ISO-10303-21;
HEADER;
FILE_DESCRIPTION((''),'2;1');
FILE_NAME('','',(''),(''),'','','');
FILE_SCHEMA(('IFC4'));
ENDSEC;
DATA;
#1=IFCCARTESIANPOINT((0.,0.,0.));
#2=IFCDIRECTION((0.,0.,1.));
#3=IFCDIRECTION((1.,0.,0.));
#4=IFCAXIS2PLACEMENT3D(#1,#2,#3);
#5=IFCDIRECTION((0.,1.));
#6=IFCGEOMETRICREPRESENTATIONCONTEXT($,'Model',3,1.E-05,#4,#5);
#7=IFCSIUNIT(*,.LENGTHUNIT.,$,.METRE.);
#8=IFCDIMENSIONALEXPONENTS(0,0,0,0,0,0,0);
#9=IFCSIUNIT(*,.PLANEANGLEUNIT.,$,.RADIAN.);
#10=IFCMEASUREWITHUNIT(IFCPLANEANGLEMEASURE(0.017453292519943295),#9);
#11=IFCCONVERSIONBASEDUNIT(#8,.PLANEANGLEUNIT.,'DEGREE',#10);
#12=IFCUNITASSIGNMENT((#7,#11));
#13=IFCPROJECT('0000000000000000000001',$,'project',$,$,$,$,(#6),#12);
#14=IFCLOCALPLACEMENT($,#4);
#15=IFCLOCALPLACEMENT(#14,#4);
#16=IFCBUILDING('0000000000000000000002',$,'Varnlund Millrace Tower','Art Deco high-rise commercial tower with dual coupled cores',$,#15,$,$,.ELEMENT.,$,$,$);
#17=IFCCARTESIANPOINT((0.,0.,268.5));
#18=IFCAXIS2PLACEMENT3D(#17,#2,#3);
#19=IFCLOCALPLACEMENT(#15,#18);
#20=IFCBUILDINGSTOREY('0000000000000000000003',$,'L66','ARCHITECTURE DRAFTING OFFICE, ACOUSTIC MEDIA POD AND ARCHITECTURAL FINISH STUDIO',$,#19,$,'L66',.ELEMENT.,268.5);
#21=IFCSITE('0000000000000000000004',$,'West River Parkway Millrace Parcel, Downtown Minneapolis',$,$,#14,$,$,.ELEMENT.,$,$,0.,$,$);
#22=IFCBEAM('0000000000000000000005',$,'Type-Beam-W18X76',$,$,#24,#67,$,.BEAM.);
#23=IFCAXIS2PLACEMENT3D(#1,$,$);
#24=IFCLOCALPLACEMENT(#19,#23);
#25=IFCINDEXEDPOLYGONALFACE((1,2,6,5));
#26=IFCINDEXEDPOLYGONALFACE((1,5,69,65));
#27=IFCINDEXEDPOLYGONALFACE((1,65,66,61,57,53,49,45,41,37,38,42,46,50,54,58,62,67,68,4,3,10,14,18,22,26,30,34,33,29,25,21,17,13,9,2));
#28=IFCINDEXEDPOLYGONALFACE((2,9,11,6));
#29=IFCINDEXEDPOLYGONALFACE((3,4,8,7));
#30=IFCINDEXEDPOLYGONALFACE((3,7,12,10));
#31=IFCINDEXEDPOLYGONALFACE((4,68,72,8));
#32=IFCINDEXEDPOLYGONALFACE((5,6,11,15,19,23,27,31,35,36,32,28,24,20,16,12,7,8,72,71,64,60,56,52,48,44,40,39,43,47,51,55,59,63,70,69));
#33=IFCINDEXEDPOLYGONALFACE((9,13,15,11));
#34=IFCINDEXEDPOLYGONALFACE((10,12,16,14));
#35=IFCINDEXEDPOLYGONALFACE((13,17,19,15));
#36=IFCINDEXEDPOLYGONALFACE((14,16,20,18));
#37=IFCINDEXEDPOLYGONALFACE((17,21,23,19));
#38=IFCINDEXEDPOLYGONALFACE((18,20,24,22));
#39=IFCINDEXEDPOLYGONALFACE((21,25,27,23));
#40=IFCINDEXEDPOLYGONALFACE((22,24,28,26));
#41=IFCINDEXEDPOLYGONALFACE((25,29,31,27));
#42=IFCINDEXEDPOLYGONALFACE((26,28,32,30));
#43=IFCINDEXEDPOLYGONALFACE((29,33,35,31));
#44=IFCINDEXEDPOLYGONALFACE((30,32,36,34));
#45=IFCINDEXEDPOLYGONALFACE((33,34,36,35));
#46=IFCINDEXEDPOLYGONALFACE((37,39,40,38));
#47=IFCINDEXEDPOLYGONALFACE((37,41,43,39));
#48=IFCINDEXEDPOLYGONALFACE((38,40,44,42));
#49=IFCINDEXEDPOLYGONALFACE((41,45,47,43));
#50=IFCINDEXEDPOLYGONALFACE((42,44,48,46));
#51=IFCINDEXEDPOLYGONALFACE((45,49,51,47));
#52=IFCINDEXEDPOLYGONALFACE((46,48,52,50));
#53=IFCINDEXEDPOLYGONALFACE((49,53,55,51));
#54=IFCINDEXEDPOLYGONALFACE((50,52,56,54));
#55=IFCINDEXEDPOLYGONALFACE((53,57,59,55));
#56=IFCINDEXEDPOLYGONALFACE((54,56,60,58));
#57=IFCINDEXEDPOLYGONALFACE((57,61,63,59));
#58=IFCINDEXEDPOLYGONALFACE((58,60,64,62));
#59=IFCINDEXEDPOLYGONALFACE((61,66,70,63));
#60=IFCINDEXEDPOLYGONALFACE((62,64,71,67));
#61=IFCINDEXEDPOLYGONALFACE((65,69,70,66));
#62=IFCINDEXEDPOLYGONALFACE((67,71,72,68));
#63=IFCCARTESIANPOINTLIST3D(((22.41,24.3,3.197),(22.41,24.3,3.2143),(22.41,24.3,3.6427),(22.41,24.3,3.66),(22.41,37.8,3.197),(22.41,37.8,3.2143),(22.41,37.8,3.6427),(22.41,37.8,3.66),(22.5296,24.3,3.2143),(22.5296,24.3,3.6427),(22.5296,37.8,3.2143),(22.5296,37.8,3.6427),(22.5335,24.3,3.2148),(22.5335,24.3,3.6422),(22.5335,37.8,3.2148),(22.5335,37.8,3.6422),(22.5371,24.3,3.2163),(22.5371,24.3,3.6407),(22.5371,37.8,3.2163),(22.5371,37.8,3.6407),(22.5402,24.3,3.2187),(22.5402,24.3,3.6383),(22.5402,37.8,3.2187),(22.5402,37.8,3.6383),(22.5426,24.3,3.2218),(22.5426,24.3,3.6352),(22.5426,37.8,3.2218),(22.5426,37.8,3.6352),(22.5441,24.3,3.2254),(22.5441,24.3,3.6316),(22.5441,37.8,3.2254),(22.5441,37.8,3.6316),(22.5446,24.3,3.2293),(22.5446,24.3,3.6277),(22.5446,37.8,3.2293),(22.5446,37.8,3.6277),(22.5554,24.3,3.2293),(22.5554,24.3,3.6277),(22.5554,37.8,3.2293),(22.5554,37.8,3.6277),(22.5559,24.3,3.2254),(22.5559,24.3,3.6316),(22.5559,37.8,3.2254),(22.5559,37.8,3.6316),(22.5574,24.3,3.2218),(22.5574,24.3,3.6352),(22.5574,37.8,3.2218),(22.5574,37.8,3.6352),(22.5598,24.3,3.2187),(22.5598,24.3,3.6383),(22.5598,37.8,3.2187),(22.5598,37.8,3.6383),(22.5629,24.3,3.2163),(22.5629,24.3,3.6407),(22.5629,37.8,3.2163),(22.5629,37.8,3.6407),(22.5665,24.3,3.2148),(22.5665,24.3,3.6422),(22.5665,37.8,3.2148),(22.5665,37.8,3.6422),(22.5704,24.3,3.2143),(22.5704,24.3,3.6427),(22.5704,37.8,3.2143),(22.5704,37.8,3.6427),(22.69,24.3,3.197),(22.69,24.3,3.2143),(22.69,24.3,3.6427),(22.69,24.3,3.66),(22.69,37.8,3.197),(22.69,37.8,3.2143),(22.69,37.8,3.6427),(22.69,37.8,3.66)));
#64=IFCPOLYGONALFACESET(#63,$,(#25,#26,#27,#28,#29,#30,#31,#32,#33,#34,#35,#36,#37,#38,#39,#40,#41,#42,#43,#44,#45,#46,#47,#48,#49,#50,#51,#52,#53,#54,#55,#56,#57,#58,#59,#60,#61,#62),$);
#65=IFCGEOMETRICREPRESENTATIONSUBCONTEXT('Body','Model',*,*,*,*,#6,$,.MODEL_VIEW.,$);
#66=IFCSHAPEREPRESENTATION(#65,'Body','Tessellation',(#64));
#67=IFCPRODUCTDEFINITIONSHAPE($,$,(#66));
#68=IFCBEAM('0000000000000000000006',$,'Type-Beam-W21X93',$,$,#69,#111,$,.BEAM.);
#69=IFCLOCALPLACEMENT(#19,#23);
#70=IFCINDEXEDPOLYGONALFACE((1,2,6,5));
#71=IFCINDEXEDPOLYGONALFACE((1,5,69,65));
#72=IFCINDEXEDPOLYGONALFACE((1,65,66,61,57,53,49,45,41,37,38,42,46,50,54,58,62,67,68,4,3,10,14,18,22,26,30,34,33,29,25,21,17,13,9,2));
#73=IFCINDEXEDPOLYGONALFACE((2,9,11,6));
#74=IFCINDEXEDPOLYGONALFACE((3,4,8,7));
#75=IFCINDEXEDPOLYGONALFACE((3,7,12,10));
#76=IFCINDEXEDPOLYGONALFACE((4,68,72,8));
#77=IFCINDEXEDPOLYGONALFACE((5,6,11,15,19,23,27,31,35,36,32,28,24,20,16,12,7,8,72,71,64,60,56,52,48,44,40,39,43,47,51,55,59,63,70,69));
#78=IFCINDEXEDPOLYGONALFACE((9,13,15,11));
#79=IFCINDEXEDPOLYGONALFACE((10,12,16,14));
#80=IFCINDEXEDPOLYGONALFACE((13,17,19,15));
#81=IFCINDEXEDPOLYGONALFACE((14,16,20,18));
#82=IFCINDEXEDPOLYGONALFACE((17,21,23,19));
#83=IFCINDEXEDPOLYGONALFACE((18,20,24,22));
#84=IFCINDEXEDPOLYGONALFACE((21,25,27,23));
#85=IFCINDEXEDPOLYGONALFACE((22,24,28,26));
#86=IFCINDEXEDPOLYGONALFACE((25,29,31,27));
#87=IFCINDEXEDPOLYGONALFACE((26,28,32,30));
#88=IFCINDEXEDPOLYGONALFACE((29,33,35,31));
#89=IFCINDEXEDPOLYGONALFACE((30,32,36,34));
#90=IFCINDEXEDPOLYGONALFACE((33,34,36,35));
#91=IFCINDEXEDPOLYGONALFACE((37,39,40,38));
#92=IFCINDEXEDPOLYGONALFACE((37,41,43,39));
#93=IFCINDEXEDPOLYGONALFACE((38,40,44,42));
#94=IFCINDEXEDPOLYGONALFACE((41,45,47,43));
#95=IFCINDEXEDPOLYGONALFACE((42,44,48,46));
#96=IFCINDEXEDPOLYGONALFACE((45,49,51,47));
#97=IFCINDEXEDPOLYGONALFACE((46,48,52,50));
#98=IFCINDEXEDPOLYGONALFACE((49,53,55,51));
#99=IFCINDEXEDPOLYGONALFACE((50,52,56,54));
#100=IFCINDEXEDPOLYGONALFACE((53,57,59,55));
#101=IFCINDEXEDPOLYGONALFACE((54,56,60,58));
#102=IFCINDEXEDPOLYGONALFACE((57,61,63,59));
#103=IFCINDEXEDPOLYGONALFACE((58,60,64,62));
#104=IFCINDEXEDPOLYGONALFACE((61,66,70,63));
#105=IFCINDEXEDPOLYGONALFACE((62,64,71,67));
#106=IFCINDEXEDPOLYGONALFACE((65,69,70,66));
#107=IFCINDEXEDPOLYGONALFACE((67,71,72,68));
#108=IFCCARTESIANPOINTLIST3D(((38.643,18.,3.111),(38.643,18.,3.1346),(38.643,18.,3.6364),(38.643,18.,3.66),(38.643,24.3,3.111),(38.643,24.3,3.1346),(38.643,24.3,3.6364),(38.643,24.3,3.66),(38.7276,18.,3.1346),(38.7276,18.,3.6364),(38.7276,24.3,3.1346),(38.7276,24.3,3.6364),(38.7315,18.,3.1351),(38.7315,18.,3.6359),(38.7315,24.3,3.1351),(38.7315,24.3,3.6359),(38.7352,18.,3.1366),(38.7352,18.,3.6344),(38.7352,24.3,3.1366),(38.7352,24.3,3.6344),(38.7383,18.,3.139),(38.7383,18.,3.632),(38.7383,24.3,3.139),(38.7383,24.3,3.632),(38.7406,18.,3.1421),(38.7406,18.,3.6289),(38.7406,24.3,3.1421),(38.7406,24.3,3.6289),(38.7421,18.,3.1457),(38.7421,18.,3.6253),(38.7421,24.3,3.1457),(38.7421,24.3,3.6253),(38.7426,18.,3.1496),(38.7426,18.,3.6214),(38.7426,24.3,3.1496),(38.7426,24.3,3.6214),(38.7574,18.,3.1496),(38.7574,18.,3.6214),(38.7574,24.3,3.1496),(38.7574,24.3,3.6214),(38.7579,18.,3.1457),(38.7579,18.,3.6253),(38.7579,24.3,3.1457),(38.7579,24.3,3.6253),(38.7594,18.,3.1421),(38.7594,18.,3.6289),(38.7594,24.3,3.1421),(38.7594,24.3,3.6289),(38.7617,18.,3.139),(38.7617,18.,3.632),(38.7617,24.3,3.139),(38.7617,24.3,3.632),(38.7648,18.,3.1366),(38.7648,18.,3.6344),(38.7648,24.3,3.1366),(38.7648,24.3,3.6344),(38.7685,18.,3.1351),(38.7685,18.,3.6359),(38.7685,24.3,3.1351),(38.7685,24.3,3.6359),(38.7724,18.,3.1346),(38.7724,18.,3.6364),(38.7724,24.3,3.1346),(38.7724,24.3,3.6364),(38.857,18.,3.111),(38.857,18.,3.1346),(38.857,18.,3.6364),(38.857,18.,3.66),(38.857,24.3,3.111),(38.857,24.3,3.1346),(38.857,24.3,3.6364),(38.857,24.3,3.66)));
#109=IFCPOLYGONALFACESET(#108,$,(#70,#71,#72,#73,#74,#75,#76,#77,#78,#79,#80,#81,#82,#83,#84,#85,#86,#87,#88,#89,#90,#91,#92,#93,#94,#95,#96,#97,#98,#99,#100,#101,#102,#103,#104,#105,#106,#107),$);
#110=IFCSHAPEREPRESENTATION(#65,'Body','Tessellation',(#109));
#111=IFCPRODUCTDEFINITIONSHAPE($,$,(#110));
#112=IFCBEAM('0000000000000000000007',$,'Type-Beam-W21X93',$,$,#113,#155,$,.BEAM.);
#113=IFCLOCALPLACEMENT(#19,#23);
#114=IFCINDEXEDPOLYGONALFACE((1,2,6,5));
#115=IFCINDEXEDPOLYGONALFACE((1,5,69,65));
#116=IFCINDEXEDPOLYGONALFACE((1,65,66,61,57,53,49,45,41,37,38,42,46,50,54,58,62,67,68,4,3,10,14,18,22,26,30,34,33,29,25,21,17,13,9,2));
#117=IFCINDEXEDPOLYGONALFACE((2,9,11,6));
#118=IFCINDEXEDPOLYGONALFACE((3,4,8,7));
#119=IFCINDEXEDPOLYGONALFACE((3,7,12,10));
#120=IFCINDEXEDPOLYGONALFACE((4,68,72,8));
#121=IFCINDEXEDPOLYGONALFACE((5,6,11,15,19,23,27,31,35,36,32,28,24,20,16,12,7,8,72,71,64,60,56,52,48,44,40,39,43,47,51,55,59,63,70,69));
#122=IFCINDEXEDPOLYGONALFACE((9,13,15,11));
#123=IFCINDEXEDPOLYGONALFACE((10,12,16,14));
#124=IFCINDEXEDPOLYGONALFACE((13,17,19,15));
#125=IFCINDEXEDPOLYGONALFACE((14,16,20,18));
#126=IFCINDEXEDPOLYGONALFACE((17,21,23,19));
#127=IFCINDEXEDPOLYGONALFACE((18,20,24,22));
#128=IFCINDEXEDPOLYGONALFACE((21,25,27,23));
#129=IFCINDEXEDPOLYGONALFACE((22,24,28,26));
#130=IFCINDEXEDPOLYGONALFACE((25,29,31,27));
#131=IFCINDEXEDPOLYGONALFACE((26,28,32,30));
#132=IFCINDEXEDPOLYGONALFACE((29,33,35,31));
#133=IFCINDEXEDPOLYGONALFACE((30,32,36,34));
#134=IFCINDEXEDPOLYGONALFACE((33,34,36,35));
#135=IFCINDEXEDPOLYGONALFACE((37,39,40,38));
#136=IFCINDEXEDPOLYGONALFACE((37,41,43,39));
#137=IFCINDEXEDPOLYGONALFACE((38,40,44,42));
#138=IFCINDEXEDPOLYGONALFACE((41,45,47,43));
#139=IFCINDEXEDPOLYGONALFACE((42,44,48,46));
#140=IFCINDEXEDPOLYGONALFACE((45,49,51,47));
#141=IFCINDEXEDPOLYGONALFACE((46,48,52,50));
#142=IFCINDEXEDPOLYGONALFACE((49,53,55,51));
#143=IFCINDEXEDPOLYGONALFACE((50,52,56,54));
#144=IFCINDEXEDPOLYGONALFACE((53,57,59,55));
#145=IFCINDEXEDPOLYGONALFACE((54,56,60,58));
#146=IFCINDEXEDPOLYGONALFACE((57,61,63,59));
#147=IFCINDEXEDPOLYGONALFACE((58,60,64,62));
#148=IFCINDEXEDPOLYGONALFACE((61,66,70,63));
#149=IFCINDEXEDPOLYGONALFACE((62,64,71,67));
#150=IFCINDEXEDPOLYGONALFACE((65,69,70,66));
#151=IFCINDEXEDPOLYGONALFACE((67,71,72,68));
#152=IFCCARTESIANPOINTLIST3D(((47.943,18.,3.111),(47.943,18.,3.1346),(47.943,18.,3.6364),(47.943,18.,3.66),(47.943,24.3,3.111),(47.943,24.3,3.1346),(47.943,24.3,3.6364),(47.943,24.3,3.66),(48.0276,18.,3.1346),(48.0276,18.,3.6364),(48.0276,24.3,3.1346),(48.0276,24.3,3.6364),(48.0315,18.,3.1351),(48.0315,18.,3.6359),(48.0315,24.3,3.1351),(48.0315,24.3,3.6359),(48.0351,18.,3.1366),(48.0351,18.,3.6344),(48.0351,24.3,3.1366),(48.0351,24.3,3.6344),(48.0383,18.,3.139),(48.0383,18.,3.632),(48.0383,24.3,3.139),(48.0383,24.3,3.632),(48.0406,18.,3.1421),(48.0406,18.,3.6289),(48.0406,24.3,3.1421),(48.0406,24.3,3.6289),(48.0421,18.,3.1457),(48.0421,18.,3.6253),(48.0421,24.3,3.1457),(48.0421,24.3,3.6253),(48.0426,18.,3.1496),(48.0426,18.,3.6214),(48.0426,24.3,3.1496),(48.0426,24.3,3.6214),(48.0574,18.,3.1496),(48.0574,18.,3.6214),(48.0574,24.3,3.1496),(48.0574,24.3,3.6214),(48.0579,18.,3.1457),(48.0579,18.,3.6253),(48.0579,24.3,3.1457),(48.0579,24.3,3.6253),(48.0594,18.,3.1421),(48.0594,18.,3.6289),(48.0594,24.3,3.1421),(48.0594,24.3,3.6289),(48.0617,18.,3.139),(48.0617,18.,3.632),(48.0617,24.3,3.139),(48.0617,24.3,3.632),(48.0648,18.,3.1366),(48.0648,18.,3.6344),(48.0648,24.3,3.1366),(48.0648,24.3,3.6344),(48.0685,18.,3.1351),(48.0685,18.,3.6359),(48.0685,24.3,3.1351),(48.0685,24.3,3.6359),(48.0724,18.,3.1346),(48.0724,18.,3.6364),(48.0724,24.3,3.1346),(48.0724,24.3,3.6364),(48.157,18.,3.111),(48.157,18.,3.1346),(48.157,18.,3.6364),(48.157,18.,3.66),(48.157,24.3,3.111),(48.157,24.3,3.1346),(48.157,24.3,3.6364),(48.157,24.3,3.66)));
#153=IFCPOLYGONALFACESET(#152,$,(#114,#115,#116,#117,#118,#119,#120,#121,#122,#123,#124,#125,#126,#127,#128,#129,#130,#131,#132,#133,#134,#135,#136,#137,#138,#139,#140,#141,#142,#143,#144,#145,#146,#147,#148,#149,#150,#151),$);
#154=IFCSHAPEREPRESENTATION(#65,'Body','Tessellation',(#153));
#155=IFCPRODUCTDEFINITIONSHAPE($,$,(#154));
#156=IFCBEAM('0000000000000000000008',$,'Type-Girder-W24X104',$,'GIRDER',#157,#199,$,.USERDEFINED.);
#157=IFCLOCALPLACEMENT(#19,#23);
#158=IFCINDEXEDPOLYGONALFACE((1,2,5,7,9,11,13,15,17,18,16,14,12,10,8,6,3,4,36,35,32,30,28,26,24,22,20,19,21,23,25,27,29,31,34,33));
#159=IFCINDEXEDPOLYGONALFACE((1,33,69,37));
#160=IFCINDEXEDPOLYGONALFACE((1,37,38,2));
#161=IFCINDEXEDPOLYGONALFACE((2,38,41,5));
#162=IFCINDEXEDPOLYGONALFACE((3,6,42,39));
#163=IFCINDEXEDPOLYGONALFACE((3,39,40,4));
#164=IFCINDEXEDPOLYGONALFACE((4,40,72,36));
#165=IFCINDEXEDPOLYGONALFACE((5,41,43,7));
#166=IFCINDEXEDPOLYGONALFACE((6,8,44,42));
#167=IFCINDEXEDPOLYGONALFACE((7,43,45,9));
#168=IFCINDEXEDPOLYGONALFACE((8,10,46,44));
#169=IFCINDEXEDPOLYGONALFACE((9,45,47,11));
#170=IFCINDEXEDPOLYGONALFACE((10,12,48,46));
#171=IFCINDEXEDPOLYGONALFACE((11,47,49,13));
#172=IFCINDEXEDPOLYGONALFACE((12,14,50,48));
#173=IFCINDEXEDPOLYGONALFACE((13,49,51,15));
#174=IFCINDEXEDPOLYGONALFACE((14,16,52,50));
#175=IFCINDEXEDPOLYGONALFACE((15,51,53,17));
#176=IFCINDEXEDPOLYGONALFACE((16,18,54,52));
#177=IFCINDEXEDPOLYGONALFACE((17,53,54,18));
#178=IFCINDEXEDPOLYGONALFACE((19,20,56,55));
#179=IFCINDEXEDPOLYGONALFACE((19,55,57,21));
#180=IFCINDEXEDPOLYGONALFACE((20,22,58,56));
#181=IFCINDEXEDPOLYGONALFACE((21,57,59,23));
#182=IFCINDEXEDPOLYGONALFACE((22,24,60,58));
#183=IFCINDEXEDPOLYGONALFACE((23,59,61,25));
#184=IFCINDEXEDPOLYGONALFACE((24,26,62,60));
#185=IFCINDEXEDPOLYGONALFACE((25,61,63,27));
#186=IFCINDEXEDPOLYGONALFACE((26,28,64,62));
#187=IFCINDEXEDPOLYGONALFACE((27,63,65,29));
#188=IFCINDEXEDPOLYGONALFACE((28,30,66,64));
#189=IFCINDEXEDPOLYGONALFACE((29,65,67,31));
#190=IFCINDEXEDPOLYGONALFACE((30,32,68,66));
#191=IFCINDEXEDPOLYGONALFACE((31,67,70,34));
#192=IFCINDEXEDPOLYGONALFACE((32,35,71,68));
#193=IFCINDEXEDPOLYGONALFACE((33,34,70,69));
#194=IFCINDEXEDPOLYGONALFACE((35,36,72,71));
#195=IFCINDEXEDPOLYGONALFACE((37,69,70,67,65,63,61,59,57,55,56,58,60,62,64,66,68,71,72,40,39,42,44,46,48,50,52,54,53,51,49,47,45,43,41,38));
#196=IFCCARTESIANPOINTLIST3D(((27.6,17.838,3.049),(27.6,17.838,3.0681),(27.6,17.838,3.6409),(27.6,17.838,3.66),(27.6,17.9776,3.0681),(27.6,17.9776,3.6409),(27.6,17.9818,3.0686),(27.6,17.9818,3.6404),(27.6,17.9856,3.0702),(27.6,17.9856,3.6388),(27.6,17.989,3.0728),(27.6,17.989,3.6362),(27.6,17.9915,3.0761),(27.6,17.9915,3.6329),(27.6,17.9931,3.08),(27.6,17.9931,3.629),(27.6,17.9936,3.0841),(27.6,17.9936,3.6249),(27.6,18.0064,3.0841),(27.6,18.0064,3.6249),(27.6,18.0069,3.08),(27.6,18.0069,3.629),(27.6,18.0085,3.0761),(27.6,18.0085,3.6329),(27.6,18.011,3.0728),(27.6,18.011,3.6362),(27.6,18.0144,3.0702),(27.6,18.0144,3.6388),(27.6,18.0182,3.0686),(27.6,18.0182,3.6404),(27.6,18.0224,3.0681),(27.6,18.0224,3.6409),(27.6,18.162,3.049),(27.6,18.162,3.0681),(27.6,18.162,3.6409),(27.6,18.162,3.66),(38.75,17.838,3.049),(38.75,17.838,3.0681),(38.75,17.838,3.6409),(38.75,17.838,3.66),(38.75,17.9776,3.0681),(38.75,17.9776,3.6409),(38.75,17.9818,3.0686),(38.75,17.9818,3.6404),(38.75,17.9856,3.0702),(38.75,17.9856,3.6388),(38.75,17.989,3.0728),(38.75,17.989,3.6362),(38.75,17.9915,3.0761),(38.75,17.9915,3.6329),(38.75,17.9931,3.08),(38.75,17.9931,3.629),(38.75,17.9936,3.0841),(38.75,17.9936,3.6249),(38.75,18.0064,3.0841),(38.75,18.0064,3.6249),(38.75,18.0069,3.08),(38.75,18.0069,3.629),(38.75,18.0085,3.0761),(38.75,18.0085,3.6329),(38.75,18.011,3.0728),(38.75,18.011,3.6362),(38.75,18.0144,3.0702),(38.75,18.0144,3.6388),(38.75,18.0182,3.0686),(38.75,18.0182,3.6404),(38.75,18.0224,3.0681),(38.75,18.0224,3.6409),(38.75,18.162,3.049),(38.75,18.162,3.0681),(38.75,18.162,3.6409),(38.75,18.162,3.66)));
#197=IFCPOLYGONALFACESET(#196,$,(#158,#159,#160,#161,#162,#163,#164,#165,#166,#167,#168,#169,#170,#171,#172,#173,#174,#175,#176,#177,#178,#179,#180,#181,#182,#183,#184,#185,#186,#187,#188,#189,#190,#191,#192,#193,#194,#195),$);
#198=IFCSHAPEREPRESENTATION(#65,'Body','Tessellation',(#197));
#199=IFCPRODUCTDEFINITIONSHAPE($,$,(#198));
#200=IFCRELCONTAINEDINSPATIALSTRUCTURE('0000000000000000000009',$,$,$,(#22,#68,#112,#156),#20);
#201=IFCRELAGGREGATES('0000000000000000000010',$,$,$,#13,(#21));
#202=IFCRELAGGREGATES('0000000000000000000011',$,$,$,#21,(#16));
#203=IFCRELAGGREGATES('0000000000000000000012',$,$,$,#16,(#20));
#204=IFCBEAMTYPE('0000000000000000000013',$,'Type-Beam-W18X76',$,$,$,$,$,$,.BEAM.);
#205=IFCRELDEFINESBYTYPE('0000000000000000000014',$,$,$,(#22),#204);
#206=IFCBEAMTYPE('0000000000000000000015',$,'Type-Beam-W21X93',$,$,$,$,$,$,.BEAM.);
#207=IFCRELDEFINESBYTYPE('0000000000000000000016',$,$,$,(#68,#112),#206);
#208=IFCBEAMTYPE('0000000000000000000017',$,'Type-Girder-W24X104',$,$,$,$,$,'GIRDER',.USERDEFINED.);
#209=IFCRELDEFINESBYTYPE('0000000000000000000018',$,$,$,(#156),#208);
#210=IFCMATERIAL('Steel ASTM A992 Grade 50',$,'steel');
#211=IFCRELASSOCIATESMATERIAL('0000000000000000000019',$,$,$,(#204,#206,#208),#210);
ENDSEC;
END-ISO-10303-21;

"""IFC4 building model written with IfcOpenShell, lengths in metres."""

from ifc_helpers import new_model, entity, si_unit, converted_unit, direction, frame, origin_with_axes, origin_2d_with_axis, place, context, subcontext, project, spatial, i_section, extrude, material, material_profile, profile_set, type_object, element, save


model = new_model("IFC4")

# Units and contexts
model_context = context("Model", 3, precision=1e-05, world=origin_with_axes(), true_north=direction((0.0, 1.0)))
body_context = subcontext(model_context, "Body", "Model", "MODEL_VIEW")
ifc_project = project(units=[si_unit("LENGTHUNIT", "METRE"), converted_unit("PLANEANGLEUNIT", "DEGREE", entity("IfcPlaneAngleMeasure", 0.017453292519943295), si_unit("PLANEANGLEUNIT", "RADIAN"), dimensions=[0, 0, 0, 0, 0, 0, 0])], contexts=[model_context])

# Site, building, storey
site_placement = place(None, origin_with_axes())
site = spatial("IfcSite", under=ifc_project, at=site_placement, Name="West River Parkway Millrace Parcel, Downtown Minneapolis", CompositionType="ELEMENT", RefElevation=0.0)
building_placement = place(site_placement, origin_with_axes())
building = spatial("IfcBuilding", under=site, at=building_placement, Name="Varnlund Millrace Tower", Description="Art Deco high-rise commercial tower with dual coupled cores", CompositionType="ELEMENT")
storey_placement = place(building_placement, frame((0.0, 0.0, 268.5), z_axis=(0.0, 0.0, 1.0), x_axis=(1.0, 0.0, 0.0)))
storey = spatial("IfcBuildingStorey", under=building, at=storey_placement, Name="L66", Description="ARCHITECTURE DRAFTING OFFICE, ACOUSTIC MEDIA POD AND ARCHITECTURAL FINISH STUDIO", LongName="L66", CompositionType="ELEMENT", Elevation=268.5)

# Beams
ifc_material_1 = material(Name="Steel ASTM A992 Grade 50", Category="steel")
ifc_material_profile_1 = material_profile(ifc_material_1, i_section(OverallWidth=0.28, OverallDepth=0.463, WebThickness=0.0108, FlangeThickness=0.0173, FilletRadius=0.015, at=origin_2d_with_axis()), Name="Steel ASTM A992 Grade 50")
ifc_profile_set_1 = profile_set([ifc_material_profile_1], Name="Steel ASTM A992 Grade 50")
beam_type_1 = type_object("IfcBeamType", Name="Type-Beam-W18X76", PredefinedType="BEAM", material=ifc_profile_set_1)
beam_1_placement = place(storey_placement, frame((22.55, 24.3, 3.4285), z_axis=(0.0, 1.0, 0.0), x_axis=(-1.0, 0.0, 0.0)))
element("IfcBeam", 1, at=beam_1_placement, inside=storey, type_object=beam_type_1, Name="Type-Beam-W18X76", PredefinedType="BEAM", context=body_context, shape_type="SweptSolid", body=[
    extrude(i_section(OverallWidth=0.28, OverallDepth=0.463, WebThickness=0.0108, FlangeThickness=0.0173, FilletRadius=0.015, at=origin_2d_with_axis()), origin_with_axes(), (0.0, 0.0, 1.0), 13.5),
])
ifc_material_profile_2 = material_profile(ifc_material_1, i_section(OverallWidth=0.214, OverallDepth=0.549, WebThickness=0.0147, FlangeThickness=0.0236, FilletRadius=0.015, at=origin_2d_with_axis()), Name="Steel ASTM A992 Grade 50")
ifc_profile_set_2 = profile_set([ifc_material_profile_2], Name="Steel ASTM A992 Grade 50")
beam_type_2 = type_object("IfcBeamType", Name="Type-Beam-W21X93", PredefinedType="BEAM", material=ifc_profile_set_2)
for number, where, z_axis, x_axis, name in (
    (2, (38.75, 18.0, 3.3855), (0.0, 1.0, 0.0), (-1.0, 0.0, 0.0), "Type-Beam-W21X93"),
    (3, (48.05, 18.0, 3.3855), (0.0, 1.0, 0.0), (-1.0, 0.0, 0.0), "Type-Beam-W21X93"),
):
    element("IfcBeam", number, at=place(storey_placement, frame(where, z_axis=z_axis, x_axis=x_axis)), inside=storey, type_object=beam_type_2, Name=name, PredefinedType="BEAM", context=body_context, shape_type="SweptSolid", body=[
        extrude(i_section(OverallWidth=0.214, OverallDepth=0.549, WebThickness=0.0147, FlangeThickness=0.0236, FilletRadius=0.015, at=origin_2d_with_axis()), origin_with_axes(), (0.0, 0.0, 1.0), 6.3),
    ])
ifc_material_profile_3 = material_profile(ifc_material_1, i_section(OverallWidth=0.324, OverallDepth=0.611, WebThickness=0.0127, FlangeThickness=0.0191, FilletRadius=0.016, at=origin_2d_with_axis()), Name="Steel ASTM A992 Grade 50")
ifc_profile_set_3 = profile_set([ifc_material_profile_3], Name="Steel ASTM A992 Grade 50")
beam_type_3 = type_object("IfcBeamType", Name="Type-Girder-W24X104", ElementType="GIRDER", PredefinedType="USERDEFINED", material=ifc_profile_set_3)
beam_2_placement = place(storey_placement, frame((27.6, 18.0, 3.3545), z_axis=(1.0, 0.0, 0.0), x_axis=(0.0, 1.0, 0.0)))
element("IfcBeam", 4, at=beam_2_placement, inside=storey, type_object=beam_type_3, Name="Type-Girder-W24X104", ObjectType="GIRDER", PredefinedType="USERDEFINED", context=body_context, shape_type="SweptSolid", body=[
    extrude(i_section(OverallWidth=0.324, OverallDepth=0.611, WebThickness=0.0127, FlangeThickness=0.0191, FilletRadius=0.016, at=origin_2d_with_axis()), origin_with_axes(), (0.0, 0.0, 1.0), 11.15),
])

save(model, "model.ifc")
